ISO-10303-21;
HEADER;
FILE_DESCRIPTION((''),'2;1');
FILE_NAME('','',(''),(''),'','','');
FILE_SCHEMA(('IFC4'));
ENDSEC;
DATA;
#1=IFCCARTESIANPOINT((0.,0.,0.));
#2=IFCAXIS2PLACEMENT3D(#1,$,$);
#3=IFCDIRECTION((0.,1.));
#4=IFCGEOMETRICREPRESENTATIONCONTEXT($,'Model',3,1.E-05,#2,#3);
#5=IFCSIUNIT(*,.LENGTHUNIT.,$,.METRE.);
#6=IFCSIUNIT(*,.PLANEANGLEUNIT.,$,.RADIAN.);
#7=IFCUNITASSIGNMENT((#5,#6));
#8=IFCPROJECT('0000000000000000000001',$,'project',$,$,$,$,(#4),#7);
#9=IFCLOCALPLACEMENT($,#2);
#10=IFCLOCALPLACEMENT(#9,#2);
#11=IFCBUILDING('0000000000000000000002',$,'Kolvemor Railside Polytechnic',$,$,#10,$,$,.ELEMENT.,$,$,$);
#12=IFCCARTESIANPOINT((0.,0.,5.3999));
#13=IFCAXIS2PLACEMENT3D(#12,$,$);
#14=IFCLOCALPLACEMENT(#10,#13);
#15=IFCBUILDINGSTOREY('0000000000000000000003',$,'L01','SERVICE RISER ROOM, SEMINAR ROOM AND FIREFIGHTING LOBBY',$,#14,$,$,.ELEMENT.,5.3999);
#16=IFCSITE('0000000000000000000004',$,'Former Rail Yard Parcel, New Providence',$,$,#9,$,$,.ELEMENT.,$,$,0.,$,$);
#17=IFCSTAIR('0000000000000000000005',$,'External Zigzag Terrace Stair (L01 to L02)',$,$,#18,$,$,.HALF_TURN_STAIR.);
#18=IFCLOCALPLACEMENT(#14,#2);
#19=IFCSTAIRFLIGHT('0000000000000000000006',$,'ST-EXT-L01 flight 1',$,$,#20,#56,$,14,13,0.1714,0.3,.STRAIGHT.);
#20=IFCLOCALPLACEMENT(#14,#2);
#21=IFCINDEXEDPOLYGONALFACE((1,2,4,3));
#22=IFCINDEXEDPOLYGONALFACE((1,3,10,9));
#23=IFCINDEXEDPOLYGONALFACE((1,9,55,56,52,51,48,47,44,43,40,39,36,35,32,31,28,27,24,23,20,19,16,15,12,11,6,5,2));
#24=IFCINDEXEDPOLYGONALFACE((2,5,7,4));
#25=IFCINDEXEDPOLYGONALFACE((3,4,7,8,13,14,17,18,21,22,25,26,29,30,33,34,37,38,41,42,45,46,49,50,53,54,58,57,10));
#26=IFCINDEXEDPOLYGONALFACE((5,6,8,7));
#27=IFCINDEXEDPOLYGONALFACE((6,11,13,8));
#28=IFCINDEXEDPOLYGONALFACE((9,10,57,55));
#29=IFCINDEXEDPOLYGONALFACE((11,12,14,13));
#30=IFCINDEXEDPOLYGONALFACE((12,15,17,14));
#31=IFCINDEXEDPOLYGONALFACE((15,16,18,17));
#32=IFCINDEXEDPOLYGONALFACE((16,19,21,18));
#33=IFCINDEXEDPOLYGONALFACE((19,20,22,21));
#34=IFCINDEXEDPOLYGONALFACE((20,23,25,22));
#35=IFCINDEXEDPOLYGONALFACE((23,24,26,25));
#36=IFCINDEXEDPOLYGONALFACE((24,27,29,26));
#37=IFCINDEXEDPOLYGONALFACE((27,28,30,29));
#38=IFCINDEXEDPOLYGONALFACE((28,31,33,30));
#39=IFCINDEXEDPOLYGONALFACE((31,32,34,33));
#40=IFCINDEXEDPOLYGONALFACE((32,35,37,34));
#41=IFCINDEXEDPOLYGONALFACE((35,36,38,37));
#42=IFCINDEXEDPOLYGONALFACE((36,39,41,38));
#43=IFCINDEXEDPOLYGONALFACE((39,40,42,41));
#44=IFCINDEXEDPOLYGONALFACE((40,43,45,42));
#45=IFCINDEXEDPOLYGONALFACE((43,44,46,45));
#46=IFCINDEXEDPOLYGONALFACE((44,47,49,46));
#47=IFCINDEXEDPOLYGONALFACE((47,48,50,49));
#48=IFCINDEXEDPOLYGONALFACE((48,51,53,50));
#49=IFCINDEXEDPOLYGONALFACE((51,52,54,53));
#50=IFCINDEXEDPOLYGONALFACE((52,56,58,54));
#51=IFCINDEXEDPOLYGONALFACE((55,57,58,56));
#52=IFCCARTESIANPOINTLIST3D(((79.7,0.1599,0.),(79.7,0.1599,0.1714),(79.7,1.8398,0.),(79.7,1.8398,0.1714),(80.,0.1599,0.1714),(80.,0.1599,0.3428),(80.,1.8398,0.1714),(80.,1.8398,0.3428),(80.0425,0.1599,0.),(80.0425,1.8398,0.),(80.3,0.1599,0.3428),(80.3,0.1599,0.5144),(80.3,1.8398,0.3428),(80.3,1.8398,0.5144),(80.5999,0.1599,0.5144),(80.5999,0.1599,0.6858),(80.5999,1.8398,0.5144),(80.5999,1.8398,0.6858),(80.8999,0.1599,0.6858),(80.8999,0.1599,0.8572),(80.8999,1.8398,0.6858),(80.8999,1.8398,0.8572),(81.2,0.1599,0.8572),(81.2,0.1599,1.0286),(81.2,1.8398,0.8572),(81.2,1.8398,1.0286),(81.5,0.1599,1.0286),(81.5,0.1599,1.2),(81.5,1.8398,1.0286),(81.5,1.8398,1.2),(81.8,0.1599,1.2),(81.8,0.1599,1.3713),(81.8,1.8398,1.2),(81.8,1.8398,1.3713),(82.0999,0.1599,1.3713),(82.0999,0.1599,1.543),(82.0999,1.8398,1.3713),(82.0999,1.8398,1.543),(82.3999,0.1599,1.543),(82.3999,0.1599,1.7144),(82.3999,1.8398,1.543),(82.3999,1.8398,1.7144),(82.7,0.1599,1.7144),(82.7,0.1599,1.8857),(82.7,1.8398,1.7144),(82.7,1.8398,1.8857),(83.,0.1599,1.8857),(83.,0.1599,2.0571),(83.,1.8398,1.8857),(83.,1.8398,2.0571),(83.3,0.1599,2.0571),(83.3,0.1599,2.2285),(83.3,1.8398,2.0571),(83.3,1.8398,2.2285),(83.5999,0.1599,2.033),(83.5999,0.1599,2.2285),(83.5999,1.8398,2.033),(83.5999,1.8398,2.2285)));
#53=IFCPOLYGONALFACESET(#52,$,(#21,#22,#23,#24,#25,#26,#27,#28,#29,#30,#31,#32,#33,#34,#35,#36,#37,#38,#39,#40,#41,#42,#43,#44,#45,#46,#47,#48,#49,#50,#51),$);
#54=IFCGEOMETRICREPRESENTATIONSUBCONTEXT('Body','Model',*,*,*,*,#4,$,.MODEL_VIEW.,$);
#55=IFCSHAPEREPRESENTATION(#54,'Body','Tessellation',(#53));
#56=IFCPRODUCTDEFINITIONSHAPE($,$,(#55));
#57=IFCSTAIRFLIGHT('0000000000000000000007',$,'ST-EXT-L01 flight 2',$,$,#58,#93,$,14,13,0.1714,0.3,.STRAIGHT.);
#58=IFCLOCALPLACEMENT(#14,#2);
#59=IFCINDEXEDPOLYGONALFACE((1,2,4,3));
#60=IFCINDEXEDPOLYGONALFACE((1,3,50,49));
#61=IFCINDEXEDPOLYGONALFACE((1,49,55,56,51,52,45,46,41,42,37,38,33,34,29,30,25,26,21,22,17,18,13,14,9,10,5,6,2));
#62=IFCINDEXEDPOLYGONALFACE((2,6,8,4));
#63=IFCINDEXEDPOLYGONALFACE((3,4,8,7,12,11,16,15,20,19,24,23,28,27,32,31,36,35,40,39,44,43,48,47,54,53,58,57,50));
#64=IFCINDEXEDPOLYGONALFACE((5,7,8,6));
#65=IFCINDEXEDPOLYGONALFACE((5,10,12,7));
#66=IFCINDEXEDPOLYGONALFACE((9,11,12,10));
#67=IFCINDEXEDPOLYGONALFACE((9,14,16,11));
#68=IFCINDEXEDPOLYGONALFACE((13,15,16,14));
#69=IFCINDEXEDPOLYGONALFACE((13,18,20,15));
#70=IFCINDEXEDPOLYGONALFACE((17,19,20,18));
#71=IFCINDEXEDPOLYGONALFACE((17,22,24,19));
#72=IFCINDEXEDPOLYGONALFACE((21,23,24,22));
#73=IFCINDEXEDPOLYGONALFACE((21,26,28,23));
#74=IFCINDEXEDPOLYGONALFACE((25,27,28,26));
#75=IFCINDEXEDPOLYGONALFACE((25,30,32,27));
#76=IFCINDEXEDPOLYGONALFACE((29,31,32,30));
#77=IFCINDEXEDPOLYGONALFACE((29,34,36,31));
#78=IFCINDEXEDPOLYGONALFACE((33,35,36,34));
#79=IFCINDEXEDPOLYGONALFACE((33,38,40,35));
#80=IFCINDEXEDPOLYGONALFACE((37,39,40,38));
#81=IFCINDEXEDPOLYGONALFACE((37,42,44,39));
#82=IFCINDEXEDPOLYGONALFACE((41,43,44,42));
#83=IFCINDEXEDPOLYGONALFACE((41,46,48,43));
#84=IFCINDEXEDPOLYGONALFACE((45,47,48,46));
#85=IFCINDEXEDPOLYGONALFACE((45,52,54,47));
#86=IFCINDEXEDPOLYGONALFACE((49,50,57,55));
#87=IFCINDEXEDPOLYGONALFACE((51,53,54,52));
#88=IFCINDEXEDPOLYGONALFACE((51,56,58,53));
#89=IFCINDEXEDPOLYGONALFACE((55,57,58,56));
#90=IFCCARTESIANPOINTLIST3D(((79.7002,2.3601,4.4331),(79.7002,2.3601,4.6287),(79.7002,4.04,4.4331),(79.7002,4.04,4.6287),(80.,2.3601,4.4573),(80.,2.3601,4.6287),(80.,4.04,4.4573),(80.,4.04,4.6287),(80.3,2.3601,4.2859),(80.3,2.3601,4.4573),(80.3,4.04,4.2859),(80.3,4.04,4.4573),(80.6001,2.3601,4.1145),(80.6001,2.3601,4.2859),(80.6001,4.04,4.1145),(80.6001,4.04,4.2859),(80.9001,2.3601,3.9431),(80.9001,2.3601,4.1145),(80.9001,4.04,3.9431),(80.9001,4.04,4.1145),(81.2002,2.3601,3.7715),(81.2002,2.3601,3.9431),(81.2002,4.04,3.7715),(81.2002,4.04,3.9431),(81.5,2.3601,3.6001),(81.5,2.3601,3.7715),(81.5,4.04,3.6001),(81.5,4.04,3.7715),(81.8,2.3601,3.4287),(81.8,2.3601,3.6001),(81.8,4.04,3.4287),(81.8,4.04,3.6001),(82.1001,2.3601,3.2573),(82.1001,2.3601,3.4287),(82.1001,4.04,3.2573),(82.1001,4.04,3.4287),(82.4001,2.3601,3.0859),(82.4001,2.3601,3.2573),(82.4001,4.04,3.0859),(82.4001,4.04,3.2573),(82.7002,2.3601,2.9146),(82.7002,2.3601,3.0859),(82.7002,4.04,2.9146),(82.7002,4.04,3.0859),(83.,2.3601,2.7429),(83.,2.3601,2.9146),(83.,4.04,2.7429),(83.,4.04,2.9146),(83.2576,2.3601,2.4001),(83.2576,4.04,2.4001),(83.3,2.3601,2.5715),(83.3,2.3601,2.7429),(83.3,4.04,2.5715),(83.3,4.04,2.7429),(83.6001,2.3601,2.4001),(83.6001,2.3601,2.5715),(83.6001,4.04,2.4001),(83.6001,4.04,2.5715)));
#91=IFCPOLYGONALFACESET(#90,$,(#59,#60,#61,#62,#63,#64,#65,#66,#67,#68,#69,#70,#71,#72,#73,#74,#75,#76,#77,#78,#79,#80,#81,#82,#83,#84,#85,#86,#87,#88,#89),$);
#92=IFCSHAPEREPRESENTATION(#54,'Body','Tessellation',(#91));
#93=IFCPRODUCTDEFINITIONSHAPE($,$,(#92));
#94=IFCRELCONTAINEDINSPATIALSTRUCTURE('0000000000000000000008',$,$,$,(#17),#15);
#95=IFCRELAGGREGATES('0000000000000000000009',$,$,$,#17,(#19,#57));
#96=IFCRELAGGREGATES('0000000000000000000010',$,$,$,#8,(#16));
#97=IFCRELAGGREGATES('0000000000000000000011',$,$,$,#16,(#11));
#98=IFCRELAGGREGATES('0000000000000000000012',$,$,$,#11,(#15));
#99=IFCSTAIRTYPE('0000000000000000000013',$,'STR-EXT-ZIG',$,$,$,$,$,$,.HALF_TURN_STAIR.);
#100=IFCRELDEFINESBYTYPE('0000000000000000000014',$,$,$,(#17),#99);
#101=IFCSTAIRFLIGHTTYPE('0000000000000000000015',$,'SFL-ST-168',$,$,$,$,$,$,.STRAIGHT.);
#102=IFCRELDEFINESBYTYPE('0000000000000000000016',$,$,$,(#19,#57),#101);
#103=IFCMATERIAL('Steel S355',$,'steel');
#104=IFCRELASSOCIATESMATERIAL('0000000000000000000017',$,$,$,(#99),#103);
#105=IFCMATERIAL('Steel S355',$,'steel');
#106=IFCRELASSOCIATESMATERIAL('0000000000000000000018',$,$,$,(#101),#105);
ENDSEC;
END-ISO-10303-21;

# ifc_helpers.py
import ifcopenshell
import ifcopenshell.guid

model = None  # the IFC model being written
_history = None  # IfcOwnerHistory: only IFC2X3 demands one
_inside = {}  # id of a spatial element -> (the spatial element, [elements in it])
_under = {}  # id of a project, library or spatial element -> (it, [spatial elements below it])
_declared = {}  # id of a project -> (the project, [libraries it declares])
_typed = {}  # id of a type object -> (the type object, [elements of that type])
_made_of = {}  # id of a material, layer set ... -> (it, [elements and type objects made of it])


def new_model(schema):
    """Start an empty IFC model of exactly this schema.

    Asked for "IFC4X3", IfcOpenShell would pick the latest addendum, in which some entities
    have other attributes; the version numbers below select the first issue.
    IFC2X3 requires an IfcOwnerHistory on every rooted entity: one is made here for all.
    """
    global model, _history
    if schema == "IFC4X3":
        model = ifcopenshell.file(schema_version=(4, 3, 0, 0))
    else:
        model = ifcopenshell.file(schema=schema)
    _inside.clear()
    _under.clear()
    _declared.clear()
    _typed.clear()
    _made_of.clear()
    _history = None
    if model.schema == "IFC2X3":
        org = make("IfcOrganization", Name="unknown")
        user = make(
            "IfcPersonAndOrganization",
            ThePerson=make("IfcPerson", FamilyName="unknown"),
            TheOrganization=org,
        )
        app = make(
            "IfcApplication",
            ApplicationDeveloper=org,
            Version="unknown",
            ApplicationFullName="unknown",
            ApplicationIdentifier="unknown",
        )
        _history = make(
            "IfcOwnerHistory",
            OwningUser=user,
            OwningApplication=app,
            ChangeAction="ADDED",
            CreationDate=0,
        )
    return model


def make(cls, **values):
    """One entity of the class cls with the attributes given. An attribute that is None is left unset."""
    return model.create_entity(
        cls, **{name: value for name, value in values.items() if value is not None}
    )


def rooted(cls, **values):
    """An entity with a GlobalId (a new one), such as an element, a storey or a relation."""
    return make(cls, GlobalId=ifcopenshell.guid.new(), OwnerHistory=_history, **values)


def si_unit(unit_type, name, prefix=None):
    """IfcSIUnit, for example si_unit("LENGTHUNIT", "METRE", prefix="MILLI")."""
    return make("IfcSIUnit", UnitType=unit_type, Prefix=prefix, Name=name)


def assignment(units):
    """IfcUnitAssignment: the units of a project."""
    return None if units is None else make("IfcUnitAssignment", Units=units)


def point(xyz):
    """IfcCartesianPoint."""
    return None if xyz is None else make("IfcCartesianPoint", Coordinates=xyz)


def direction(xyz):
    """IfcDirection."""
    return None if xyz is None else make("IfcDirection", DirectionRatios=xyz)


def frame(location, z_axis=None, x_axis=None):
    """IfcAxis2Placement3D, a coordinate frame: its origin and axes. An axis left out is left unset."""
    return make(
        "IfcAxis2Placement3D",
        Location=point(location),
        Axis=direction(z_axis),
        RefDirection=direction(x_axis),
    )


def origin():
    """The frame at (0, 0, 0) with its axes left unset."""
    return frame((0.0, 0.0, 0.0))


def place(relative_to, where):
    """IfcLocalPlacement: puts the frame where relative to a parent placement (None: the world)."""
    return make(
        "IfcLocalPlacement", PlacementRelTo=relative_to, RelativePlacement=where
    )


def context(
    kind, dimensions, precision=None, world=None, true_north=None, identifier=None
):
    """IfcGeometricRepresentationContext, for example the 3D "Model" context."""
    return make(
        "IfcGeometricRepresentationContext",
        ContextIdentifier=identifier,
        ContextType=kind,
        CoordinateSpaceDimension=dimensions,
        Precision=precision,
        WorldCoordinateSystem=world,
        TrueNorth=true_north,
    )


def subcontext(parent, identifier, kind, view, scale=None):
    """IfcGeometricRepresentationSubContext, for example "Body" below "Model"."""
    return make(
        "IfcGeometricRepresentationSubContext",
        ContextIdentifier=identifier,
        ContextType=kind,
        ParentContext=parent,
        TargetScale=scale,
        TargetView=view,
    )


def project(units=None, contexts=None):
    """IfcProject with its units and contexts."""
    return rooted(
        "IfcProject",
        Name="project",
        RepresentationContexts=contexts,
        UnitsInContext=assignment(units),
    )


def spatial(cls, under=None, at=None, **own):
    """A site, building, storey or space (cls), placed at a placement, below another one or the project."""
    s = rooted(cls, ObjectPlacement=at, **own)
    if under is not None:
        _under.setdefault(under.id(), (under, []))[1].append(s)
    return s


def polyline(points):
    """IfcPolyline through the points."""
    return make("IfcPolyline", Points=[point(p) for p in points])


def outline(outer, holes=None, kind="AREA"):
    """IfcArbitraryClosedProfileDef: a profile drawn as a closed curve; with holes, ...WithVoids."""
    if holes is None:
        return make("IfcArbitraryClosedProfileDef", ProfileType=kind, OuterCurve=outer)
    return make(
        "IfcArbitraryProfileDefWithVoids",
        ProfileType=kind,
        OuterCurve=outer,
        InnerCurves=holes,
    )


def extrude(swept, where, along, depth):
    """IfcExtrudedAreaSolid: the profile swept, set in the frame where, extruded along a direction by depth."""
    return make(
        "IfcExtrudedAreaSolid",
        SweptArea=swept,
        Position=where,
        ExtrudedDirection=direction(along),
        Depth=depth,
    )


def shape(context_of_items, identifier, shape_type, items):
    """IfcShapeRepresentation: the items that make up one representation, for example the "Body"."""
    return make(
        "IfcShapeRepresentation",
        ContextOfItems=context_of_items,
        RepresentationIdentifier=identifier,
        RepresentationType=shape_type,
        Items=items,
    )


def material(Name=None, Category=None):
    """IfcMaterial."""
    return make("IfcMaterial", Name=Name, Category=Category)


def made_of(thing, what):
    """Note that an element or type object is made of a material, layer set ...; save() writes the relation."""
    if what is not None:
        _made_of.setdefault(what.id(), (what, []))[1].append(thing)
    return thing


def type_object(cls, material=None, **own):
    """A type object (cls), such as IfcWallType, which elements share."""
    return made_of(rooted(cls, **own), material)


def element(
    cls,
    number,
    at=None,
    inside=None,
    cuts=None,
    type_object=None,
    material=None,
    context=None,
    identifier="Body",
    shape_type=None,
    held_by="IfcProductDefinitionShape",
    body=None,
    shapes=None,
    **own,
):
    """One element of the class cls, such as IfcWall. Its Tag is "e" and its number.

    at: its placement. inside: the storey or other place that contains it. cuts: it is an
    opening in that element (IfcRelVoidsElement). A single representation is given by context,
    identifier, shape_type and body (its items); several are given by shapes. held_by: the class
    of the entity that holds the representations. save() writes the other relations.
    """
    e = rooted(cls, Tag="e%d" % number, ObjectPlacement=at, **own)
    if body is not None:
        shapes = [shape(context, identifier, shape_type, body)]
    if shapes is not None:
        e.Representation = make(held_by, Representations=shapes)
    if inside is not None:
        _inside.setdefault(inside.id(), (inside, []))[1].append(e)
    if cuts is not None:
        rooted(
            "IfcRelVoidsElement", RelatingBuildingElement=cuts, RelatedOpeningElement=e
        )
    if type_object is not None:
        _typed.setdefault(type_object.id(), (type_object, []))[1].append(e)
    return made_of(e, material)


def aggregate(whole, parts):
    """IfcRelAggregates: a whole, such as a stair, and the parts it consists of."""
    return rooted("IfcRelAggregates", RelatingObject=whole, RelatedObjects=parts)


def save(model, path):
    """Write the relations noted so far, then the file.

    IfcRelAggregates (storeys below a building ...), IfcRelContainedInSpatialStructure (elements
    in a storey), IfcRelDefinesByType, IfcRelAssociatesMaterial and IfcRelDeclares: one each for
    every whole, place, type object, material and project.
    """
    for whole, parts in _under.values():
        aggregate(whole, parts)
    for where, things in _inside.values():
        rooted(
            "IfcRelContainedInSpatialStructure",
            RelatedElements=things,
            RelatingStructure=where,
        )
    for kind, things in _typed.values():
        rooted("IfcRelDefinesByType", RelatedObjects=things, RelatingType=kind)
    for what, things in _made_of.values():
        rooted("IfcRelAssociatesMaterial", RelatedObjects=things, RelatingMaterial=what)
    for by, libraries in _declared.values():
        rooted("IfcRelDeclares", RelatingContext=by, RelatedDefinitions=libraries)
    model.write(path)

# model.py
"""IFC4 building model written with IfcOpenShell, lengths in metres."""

from ifc_helpers import new_model, si_unit, direction, frame, origin, place, context, subcontext, project, spatial, polyline, outline, extrude, material, type_object, element, aggregate, save


model = new_model("IFC4")

# Units and contexts
model_context = context("Model", 3, precision=1e-05, world=origin(), true_north=direction((0.0, 1.0)))
body_context = subcontext(model_context, "Body", "Model", "MODEL_VIEW")
ifc_project = project(units=[si_unit("LENGTHUNIT", "METRE"), si_unit("PLANEANGLEUNIT", "RADIAN")], contexts=[model_context])

# Site, building, storey
site_placement = place(None, origin())
site = spatial("IfcSite", under=ifc_project, at=site_placement, Name="Former Rail Yard Parcel, New Providence", CompositionType="ELEMENT", RefElevation=0.0)
building_placement = place(site_placement, origin())
building = spatial("IfcBuilding", under=site, at=building_placement, Name="Kolvemor Railside Polytechnic", CompositionType="ELEMENT")
storey_placement = place(building_placement, frame((0.0, 0.0, 5.3999)))
storey = spatial("IfcBuildingStorey", under=building, at=storey_placement, Name="L01", Description="SERVICE RISER ROOM, SEMINAR ROOM AND FIREFIGHTING LOBBY", CompositionType="ELEMENT", Elevation=5.3999)

# Stair, stair flights
ifc_material_1 = material(Name="Steel S355", Category="steel")
stair_type = type_object("IfcStairType", Name="STR-EXT-ZIG", PredefinedType="HALF_TURN_STAIR", material=ifc_material_1)
stair_placement = place(storey_placement, origin())
stair = element("IfcStair", 1, at=stair_placement, inside=storey, type_object=stair_type, Name="External Zigzag Terrace Stair (L01 to L02)", PredefinedType="HALF_TURN_STAIR")
ifc_material_2 = material(Name="Steel S355", Category="steel")
stair_flight_type = type_object("IfcStairFlightType", Name="SFL-ST-168", PredefinedType="STRAIGHT", material=ifc_material_2)
stair_flight_1_placement = place(storey_placement, frame((79.7, 1.0, 0.0), z_axis=(0.0, 0.0, 1.0), x_axis=(1.0, 0.0, 0.0)))
stair_flight_1 = element("IfcStairFlight", 2, at=stair_flight_1_placement, type_object=stair_flight_type, Name="ST-EXT-L01 flight 1", NumberOfRisers=14, NumberOfTreads=13, PredefinedType="STRAIGHT", RiserHeight=0.1714, TreadLength=0.3, context=body_context, shape_type="SweptSolid", body=[
    extrude(outline(polyline([(0.0, 0.0), (0.0, 0.1714), (0.3, 0.1714), (0.3, 0.3428), (0.6001, 0.3428), (0.6001, 0.5144), (0.8999, 0.5144), (0.8999, 0.6858), (1.2, 0.6858), (1.2, 0.8572), (1.5, 0.8572), (1.5, 1.0286), (1.8, 1.0286), (1.8, 1.2), (2.1001, 1.2), (2.1001, 1.3713), (2.3999, 1.3713), (2.3999, 1.543), (2.7, 1.543), (2.7, 1.7144), (3.0, 1.7144), (3.0, 1.8857), (3.3, 1.8857), (3.3, 2.0571), (3.6001, 2.0571), (3.6001, 2.2285), (3.8999, 2.2285), (3.8999, 2.3999), (3.8999, 2.033), (0.3425, 0.0), (0.0, 0.0)])), frame((0.0, 0.8398, 0.0), z_axis=(0.0, -1.0, 0.0), x_axis=(1.0, 0.0, 0.0)), (0.0, 0.0, 1.0), 1.6799),
])
stair_flight_2_placement = place(storey_placement, frame((83.6001, 3.2, 2.4001), z_axis=(0.0, 0.0, 1.0), x_axis=(-1.0, 0.0, 0.0)))
stair_flight_2 = element("IfcStairFlight", 3, at=stair_flight_2_placement, type_object=stair_flight_type, Name="ST-EXT-L01 flight 2", NumberOfRisers=14, NumberOfTreads=13, PredefinedType="STRAIGHT", RiserHeight=0.1714, TreadLength=0.3, context=body_context, shape_type="SweptSolid", body=[
    extrude(outline(polyline([(0.0, 0.0), (0.0, 0.1714), (0.3, 0.1714), (0.3, 0.3428), (0.6001, 0.3428), (0.6001, 0.5144), (0.8999, 0.5144), (0.8999, 0.6858), (1.2, 0.6858), (1.2, 0.8572), (1.5, 0.8572), (1.5, 1.0286), (1.8, 1.0286), (1.8, 1.2), (2.1001, 1.2), (2.1001, 1.3713), (2.3999, 1.3713), (2.3999, 1.543), (2.7, 1.543), (2.7, 1.7144), (3.0, 1.7144), (3.0, 1.8857), (3.3, 1.8857), (3.3, 2.0571), (3.6001, 2.0571), (3.6001, 2.2285), (3.8999, 2.2285), (3.8999, 2.3999), (3.8999, 2.033), (0.3425, 0.0), (0.0, 0.0)])), frame((0.0, 0.8398, 0.0), z_axis=(0.0, -1.0, 0.0), x_axis=(1.0, 0.0, 0.0)), (0.0, 0.0, 1.0), 1.6799),
])
aggregate(stair, [stair_flight_1, stair_flight_2])

save(model, "model.ifc")
